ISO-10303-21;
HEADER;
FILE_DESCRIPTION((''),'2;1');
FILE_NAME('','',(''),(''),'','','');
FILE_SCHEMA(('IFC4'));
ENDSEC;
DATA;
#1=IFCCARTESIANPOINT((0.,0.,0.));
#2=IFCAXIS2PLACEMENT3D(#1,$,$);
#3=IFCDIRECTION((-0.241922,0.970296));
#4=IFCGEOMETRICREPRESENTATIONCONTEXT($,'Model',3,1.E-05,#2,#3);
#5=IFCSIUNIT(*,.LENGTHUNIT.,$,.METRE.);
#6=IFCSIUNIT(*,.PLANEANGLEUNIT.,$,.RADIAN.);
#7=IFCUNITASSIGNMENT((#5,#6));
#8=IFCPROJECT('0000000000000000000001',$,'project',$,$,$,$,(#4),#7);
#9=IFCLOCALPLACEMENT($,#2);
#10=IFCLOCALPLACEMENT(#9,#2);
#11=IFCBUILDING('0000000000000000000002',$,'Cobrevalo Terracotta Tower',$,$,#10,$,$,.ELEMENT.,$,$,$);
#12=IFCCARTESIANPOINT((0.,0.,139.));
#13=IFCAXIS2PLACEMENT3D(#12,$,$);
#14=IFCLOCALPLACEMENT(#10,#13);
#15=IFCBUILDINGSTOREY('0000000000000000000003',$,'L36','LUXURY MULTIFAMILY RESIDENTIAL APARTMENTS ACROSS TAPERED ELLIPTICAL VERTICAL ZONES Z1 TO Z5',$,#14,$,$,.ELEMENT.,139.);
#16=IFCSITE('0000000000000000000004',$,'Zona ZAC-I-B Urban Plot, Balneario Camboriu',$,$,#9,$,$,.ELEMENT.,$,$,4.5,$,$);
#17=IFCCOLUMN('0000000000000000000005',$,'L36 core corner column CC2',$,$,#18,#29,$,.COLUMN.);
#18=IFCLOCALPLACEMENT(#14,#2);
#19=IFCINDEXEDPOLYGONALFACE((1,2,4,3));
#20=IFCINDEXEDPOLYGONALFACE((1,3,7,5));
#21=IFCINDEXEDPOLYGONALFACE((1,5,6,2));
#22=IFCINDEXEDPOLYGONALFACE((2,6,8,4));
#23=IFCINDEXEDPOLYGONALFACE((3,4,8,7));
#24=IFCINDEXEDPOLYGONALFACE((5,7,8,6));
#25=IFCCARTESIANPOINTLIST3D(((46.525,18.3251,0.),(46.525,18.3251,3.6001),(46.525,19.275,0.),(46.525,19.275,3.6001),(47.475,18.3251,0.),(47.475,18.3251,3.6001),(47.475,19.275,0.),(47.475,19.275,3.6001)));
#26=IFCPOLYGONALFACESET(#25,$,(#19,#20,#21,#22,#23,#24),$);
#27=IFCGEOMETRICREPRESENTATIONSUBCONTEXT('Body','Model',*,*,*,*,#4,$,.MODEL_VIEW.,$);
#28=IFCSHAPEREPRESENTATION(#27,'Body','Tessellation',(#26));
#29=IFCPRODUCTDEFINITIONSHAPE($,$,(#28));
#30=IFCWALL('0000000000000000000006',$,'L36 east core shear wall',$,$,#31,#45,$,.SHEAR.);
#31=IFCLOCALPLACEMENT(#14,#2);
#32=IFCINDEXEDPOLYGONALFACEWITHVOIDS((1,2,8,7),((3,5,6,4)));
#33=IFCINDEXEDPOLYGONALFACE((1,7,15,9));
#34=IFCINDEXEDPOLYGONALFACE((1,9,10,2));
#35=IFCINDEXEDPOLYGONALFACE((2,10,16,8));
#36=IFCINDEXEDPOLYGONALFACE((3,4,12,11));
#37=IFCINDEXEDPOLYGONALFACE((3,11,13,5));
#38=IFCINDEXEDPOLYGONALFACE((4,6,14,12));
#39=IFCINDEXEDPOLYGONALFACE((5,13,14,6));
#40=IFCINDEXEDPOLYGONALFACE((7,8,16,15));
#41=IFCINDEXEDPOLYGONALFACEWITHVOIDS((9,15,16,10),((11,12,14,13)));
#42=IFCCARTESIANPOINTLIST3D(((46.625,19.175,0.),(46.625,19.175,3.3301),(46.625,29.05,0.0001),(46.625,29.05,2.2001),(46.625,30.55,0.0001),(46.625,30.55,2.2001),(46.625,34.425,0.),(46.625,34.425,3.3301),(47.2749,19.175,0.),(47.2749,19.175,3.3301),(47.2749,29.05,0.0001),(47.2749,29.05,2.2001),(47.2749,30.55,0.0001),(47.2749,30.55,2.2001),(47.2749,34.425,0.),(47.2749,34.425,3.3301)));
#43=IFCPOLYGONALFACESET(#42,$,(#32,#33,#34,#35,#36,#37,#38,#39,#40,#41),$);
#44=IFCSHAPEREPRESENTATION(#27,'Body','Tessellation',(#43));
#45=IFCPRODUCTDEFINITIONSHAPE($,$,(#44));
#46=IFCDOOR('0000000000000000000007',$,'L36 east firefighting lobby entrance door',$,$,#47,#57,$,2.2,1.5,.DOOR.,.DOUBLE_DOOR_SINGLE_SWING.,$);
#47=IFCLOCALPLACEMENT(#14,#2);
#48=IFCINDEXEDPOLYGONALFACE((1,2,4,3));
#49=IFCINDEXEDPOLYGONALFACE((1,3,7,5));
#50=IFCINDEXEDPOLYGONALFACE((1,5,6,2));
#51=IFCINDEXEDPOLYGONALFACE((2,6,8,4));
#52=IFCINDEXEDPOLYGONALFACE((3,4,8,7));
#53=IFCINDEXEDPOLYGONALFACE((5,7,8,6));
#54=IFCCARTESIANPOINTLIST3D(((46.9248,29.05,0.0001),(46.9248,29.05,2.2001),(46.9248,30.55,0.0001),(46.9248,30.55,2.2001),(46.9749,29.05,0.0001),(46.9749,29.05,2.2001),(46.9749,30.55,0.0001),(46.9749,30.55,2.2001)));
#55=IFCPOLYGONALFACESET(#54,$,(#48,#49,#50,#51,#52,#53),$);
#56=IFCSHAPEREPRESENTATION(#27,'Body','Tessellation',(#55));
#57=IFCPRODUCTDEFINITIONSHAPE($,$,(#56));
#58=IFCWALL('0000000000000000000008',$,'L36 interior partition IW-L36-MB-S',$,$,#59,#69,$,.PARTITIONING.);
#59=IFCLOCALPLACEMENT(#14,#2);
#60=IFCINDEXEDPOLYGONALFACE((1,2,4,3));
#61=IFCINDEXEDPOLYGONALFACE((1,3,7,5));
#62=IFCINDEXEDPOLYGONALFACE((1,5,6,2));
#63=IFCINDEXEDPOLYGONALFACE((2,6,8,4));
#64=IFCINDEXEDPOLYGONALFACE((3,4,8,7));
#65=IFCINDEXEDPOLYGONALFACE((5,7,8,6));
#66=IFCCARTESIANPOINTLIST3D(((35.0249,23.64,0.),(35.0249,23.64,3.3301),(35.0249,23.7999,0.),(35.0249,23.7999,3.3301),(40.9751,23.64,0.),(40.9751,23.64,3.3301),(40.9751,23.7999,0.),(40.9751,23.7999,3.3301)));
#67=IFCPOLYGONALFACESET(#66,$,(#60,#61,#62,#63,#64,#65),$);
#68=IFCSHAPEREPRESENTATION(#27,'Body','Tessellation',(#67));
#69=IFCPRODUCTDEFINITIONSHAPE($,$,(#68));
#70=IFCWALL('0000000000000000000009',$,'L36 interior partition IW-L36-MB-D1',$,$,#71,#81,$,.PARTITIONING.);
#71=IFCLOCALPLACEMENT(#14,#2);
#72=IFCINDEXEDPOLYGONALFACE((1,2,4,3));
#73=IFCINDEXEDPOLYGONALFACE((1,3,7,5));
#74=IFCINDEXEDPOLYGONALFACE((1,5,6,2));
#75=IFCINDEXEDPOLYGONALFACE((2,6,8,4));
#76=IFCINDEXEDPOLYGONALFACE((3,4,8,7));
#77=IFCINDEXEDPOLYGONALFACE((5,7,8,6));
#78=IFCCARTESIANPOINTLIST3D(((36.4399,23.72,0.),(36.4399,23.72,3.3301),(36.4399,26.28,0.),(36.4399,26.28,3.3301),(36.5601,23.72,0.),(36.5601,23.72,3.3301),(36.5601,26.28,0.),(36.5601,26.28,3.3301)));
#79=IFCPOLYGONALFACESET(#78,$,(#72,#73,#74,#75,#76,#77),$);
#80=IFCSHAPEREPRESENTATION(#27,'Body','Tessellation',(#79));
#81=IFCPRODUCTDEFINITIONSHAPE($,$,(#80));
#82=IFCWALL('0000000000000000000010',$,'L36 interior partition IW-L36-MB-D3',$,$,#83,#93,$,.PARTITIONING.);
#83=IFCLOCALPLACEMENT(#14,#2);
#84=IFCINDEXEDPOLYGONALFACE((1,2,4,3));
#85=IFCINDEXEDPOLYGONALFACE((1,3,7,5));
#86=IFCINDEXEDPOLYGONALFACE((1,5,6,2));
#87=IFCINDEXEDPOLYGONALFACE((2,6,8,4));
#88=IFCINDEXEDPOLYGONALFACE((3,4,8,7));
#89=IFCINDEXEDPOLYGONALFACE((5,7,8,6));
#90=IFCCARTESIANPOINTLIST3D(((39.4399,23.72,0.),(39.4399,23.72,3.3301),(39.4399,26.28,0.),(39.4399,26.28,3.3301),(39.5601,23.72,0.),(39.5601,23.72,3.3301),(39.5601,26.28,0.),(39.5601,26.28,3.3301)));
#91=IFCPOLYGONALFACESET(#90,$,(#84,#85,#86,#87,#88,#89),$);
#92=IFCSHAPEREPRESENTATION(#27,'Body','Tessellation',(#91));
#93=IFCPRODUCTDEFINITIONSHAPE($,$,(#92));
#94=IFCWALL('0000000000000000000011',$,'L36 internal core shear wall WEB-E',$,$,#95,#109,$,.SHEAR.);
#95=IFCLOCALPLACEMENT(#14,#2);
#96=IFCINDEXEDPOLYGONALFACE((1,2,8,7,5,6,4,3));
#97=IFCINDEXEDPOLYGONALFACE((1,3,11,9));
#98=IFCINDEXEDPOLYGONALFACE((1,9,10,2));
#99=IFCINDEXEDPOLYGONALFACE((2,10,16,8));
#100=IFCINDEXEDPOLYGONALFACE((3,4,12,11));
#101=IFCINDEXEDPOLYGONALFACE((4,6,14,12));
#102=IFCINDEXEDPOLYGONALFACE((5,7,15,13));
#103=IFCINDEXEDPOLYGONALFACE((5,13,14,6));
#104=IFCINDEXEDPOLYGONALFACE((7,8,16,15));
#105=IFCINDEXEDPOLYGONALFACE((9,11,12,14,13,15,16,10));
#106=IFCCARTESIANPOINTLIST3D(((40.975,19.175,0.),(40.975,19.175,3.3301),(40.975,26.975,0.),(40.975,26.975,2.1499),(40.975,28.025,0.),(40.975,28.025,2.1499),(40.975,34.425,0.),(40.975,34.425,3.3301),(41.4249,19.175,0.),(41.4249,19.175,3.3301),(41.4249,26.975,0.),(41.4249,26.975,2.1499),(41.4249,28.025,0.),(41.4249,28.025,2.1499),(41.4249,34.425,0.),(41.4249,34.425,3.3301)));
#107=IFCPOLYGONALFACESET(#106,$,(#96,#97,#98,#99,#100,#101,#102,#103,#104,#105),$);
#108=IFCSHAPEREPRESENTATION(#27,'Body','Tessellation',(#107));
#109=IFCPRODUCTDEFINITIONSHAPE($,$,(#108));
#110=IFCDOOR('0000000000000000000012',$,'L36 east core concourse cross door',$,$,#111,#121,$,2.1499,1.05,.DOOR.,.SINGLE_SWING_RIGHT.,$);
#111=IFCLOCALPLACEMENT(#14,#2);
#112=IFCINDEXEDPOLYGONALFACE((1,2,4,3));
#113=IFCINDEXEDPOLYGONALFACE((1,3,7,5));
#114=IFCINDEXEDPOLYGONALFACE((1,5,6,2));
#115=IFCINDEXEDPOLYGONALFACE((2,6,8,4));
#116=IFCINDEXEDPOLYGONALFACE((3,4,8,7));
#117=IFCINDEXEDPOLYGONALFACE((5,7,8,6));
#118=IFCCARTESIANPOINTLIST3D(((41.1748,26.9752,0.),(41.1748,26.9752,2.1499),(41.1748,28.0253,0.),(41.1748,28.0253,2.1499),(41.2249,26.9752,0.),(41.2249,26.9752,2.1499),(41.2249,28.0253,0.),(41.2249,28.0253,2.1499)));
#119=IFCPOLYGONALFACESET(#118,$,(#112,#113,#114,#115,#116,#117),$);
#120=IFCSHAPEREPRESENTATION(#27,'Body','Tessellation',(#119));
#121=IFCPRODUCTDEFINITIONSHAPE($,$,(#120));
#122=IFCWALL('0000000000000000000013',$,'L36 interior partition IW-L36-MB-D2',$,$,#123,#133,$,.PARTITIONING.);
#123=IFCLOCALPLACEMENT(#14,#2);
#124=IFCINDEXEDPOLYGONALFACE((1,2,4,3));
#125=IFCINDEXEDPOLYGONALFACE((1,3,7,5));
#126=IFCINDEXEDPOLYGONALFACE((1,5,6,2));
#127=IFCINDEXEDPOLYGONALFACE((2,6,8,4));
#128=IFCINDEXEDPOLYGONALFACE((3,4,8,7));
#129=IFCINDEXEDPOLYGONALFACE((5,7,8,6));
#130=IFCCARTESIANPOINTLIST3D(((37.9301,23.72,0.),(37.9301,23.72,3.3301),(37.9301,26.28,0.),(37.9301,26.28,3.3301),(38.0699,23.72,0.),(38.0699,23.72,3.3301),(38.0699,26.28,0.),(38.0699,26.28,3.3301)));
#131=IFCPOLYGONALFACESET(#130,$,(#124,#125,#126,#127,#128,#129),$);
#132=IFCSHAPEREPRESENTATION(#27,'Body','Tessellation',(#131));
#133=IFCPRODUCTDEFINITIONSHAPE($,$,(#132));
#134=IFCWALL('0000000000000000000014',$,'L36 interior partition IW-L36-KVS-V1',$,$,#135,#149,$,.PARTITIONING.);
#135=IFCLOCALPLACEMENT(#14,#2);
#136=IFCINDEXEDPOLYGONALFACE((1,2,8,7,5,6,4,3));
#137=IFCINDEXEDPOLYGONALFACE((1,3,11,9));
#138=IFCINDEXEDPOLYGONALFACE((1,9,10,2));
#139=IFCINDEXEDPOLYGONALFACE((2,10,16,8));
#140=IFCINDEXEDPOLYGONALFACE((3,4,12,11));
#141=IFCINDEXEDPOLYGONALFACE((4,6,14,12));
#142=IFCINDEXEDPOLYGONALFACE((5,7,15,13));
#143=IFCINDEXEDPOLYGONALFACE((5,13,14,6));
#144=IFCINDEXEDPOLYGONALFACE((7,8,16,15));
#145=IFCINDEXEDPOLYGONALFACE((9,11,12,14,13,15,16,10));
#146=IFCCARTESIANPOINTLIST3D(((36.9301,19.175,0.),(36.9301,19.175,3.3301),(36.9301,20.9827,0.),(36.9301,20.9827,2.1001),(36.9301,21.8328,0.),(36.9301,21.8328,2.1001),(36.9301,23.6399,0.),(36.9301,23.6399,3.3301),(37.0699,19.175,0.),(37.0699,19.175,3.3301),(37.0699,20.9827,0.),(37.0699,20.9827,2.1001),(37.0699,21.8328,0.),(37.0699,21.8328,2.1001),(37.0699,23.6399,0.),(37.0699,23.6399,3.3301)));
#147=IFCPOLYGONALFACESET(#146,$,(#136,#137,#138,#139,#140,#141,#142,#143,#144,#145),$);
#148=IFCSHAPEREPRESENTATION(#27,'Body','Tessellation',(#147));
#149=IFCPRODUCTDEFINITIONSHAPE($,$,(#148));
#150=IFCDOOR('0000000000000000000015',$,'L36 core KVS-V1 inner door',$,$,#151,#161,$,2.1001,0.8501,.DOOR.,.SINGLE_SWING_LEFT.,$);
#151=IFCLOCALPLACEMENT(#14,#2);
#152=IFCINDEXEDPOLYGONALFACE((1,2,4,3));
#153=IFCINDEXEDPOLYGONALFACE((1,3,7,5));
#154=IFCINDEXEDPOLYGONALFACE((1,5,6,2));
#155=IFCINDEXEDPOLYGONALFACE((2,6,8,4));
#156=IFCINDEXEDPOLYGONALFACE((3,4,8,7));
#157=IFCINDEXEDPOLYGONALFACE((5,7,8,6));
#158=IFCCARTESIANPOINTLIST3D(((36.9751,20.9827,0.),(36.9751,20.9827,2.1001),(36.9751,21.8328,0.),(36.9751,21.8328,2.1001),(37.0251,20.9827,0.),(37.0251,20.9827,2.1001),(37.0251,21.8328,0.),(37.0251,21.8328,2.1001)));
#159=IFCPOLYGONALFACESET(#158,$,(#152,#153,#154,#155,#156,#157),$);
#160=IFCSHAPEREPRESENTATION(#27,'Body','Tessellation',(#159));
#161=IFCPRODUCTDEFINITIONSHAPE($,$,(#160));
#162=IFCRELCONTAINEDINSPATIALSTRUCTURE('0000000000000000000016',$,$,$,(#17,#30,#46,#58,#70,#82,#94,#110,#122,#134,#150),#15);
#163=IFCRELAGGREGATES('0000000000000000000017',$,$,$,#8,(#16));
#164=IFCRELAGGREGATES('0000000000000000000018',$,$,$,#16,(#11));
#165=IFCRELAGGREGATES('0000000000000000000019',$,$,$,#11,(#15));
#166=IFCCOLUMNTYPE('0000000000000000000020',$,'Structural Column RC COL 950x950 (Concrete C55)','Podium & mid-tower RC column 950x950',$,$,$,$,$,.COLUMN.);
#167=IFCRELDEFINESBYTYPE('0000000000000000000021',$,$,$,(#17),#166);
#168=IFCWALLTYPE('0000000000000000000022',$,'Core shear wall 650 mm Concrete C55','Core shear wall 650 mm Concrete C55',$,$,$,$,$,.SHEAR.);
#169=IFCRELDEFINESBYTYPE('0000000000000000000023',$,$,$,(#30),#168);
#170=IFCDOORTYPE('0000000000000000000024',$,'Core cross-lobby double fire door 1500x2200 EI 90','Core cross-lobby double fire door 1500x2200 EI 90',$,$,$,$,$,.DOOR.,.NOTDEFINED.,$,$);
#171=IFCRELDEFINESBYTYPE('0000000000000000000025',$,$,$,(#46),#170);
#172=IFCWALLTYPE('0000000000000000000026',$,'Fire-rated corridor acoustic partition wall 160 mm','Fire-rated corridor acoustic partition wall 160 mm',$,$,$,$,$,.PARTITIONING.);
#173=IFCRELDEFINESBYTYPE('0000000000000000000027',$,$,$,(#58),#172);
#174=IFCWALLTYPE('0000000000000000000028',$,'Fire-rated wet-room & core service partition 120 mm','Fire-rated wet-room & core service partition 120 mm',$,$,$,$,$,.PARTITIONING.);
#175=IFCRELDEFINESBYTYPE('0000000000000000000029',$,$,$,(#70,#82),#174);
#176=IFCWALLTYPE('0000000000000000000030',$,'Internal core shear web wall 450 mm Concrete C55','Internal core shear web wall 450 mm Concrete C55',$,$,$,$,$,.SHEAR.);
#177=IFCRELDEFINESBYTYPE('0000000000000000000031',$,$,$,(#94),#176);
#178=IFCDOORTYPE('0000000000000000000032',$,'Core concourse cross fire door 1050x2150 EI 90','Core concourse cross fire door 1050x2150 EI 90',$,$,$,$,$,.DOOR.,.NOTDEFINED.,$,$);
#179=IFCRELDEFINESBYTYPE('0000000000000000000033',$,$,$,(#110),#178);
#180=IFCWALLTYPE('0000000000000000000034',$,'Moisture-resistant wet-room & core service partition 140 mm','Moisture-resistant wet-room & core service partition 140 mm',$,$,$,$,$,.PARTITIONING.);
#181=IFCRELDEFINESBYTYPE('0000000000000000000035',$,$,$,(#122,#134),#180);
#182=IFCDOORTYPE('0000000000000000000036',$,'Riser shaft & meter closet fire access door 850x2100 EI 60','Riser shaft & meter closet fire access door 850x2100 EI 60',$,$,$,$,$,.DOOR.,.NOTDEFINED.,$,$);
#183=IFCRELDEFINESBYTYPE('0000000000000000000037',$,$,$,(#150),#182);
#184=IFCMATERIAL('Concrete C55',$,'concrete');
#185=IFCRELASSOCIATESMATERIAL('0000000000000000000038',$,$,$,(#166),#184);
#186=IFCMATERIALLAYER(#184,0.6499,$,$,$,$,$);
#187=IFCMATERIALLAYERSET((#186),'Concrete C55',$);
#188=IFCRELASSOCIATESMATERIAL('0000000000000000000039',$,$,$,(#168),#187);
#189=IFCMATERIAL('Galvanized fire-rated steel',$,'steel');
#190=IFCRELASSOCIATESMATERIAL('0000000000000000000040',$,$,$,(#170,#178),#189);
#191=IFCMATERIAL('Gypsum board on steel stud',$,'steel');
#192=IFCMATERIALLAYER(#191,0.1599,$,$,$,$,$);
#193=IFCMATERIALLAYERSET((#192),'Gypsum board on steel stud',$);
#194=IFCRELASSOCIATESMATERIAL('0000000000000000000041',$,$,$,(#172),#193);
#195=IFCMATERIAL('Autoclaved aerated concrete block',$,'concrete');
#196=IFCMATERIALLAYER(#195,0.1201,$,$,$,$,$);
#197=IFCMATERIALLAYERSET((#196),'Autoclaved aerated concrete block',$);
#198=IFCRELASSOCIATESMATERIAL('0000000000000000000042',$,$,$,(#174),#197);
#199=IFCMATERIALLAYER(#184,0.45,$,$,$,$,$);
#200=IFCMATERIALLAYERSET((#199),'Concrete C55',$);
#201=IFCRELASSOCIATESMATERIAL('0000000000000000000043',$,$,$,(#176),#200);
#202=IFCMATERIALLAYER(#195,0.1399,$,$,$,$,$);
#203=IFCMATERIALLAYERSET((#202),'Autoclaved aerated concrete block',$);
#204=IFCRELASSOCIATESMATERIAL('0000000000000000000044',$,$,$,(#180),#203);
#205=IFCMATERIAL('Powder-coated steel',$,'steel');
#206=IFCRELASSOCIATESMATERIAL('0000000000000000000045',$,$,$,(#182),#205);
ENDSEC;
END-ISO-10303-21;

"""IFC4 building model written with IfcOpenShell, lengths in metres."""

from ifc_helpers import new_model, si_unit, direction, frame, frame_2d, origin, origin_2d, place, context, subcontext, project, spatial, rectangle, extrude, source, transform, mapped, material, layer, layer_set, material_profile, profile_set, type_object, element, fill, save


model = new_model("IFC4")

# Units and contexts
model_context = context("Model", 3, precision=1e-05, world=origin(), true_north=direction((-0.241922, 0.970296)))
body_context = subcontext(model_context, "Body", "Model", "MODEL_VIEW")
ifc_project = project(units=[si_unit("LENGTHUNIT", "METRE"), si_unit("PLANEANGLEUNIT", "RADIAN")], contexts=[model_context])

# Site, building, storey
site_placement = place(None, origin())
site = spatial("IfcSite", under=ifc_project, at=site_placement, Name="Zona ZAC-I-B Urban Plot, Balneario Camboriu", CompositionType="ELEMENT", RefElevation=4.5)
building_placement = place(site_placement, origin())
building = spatial("IfcBuilding", under=site, at=building_placement, Name="Cobrevalo Terracotta Tower", CompositionType="ELEMENT")
storey_placement = place(building_placement, frame((0.0, 0.0, 139.0)))
storey = spatial("IfcBuildingStorey", under=building, at=storey_placement, Name="L36", Description="LUXURY MULTIFAMILY RESIDENTIAL APARTMENTS ACROSS TAPERED ELLIPTICAL VERTICAL ZONES Z1 TO Z5", CompositionType="ELEMENT", Elevation=139.0)

# Column
ifc_material_1 = material(Name="Concrete C55", Category="concrete")
ifc_material_profile = material_profile(ifc_material_1, rectangle(XDim=0.95, YDim=0.95, at=origin_2d()), Name="RC COL 950x950")
ifc_profile_set = profile_set([ifc_material_profile], Name="Concrete C55")
column_type = type_object("IfcColumnType", Name="Structural Column RC COL 950x950 (Concrete C55)", Description="Podium & mid-tower RC column 950x950", PredefinedType="COLUMN", material=ifc_profile_set)
column_placement = place(storey_placement, frame((47.0, 18.8, 0.0), z_axis=(0.0, 0.0, 1.0), x_axis=(1.0, 0.0, 0.0)))
element("IfcColumn", 1, at=column_placement, inside=storey, type_object=column_type, Name="L36 core corner column CC2", PredefinedType="COLUMN", context=body_context, shape_type="SweptSolid", body=[
    extrude(rectangle(XDim=0.95, YDim=0.95, at=origin_2d()), origin(), (0.0, 0.0, 1.0), 3.6001),
])

# Wall, opening, door
ifc_layer_1 = layer(ifc_material_1, 0.6499)
ifc_layer_set_1 = layer_set([ifc_layer_1], Name="Concrete C55")
wall_type_1 = type_object("IfcWallType", Name="Core shear wall 650 mm Concrete C55", Description="Core shear wall 650 mm Concrete C55", PredefinedType="SHEAR", material=ifc_layer_set_1)
wall_1_placement = place(storey_placement, frame((46.95, 19.175, 0.0), z_axis=(0.0, 0.0, 1.0), x_axis=(0.0, 1.0, 0.0)))
wall_1 = element("IfcWall", 2, at=wall_1_placement, inside=storey, type_object=wall_type_1, Name="L36 east core shear wall", PredefinedType="SHEAR", context=body_context, shape_type="SweptSolid", body=[
    extrude(rectangle(XDim=15.25, YDim=0.6499, at=frame_2d((7.625, 0.0))), origin(), (0.0, 0.0, 1.0), 3.3301),
])
opening_1_placement = place(wall_1_placement, frame((9.875, 0.0, 0.0)))
opening_1 = element("IfcOpeningElement", 3, at=opening_1_placement, cuts=wall_1, PredefinedType="OPENING", context=body_context, shape_type="SweptSolid", body=[
    extrude(rectangle(XDim=1.5, YDim=2.2, at=frame_2d((0.75, 1.1001))), frame((0.0, 0.335, 0.0), z_axis=(0.0, -1.0, 0.0), x_axis=(1.0, 0.0, 0.0)), (0.0, 0.0, 1.0), 0.6699),
])
ifc_material_2 = material(Name="Galvanized fire-rated steel", Category="steel")
door_type_1 = type_object("IfcDoorType", Name="Core cross-lobby double fire door 1500x2200 EI 90", Description="Core cross-lobby double fire door 1500x2200 EI 90", OperationType="NOTDEFINED", PredefinedType="DOOR", material=ifc_material_2)
shared_shape_1 = source(origin(), body_context, "Body", "SweptSolid", [
    extrude(rectangle(XDim=1.5, YDim=2.2, at=frame_2d((0.75, 1.1001))), frame((0.0, 0.0249, 0.0), z_axis=(0.0, -1.0, 0.0), x_axis=(1.0, 0.0, 0.0)), (0.0, 0.0, 1.0), 0.05),
])
door_1_placement = place(opening_1_placement, frame((1.5, 0.0, 0.0), z_axis=(0.0, 0.0, 1.0), x_axis=(-1.0, 0.0, 0.0)))
door_1 = element("IfcDoor", 4, at=door_1_placement, inside=storey, type_object=door_type_1, Name="L36 east firefighting lobby entrance door", OperationType="DOUBLE_DOOR_SINGLE_SWING", OverallHeight=2.2, OverallWidth=1.5, PredefinedType="DOOR", context=body_context, shape_type="MappedRepresentation", body=[
    mapped(shared_shape_1, transform((0.0, 0.0, 0.0), scale=1.0)),
])
fill(opening_1, door_1)

# Walls
ifc_material_3 = material(Name="Gypsum board on steel stud", Category="steel")
ifc_layer_2 = layer(ifc_material_3, 0.1599)
ifc_layer_set_2 = layer_set([ifc_layer_2], Name="Gypsum board on steel stud")
wall_type_2 = type_object("IfcWallType", Name="Fire-rated corridor acoustic partition wall 160 mm", Description="Fire-rated corridor acoustic partition wall 160 mm", PredefinedType="PARTITIONING", material=ifc_layer_set_2)
wall_2_placement = place(storey_placement, frame((35.0249, 23.72, 0.0), z_axis=(0.0, 0.0, 1.0), x_axis=(1.0, 0.0, 0.0)))
element("IfcWall", 5, at=wall_2_placement, inside=storey, type_object=wall_type_2, Name="L36 interior partition IW-L36-MB-S", PredefinedType="PARTITIONING", context=body_context, shape_type="SweptSolid", body=[
    extrude(rectangle(XDim=5.9502, YDim=0.1599, at=frame_2d((2.9751, 0.0))), origin(), (0.0, 0.0, 1.0), 3.3301),
])
ifc_material_4 = material(Name="Autoclaved aerated concrete block", Category="concrete")
ifc_layer_3 = layer(ifc_material_4, 0.1201)
ifc_layer_set_3 = layer_set([ifc_layer_3], Name="Autoclaved aerated concrete block")
wall_type_3 = type_object("IfcWallType", Name="Fire-rated wet-room & core service partition 120 mm", Description="Fire-rated wet-room & core service partition 120 mm", PredefinedType="PARTITIONING", material=ifc_layer_set_3)
for number, where, z_axis, x_axis, name in (
    (6, (36.5, 23.72, 0.0), (0.0, 0.0, 1.0), (0.0, 1.0, 0.0), "L36 interior partition IW-L36-MB-D1"),
    (7, (39.5, 23.72, 0.0), (0.0, 0.0, 1.0), (0.0, 1.0, 0.0), "L36 interior partition IW-L36-MB-D3"),
):
    element("IfcWall", number, at=place(storey_placement, frame(where, z_axis=z_axis, x_axis=x_axis)), inside=storey, type_object=wall_type_3, Name=name, PredefinedType="PARTITIONING", context=body_context, shape_type="SweptSolid", body=[
        extrude(rectangle(XDim=2.5601, YDim=0.1201, at=frame_2d((1.28, 0.0))), origin(), (0.0, 0.0, 1.0), 3.3301),
    ])

# Wall, opening, door
ifc_layer_4 = layer(ifc_material_1, 0.45)
ifc_layer_set_4 = layer_set([ifc_layer_4], Name="Concrete C55")
wall_type_4 = type_object("IfcWallType", Name="Internal core shear web wall 450 mm Concrete C55", Description="Internal core shear web wall 450 mm Concrete C55", PredefinedType="SHEAR", material=ifc_layer_set_4)
wall_3_placement = place(storey_placement, frame((41.2, 19.175, 0.0), z_axis=(0.0, 0.0, 1.0), x_axis=(0.0, 1.0, 0.0)))
wall_3 = element("IfcWall", 8, at=wall_3_placement, inside=storey, type_object=wall_type_4, Name="L36 internal core shear wall WEB-E", PredefinedType="SHEAR", context=body_context, shape_type="SweptSolid", body=[
    extrude(rectangle(XDim=15.25, YDim=0.45, at=frame_2d((7.625, 0.0))), origin(), (0.0, 0.0, 1.0), 3.3301),
])
opening_2_placement = place(wall_3_placement, frame((7.8, 0.0, 0.0)))
opening_2 = element("IfcOpeningElement", 9, at=opening_2_placement, cuts=wall_3, PredefinedType="OPENING", context=body_context, shape_type="SweptSolid", body=[
    extrude(rectangle(XDim=1.05, YDim=2.1499, at=frame_2d((0.5249, 1.075))), frame((0.0, 0.2349, 0.0), z_axis=(0.0, -1.0, 0.0), x_axis=(1.0, 0.0, 0.0)), (0.0, 0.0, 1.0), 0.47),
])
door_type_2 = type_object("IfcDoorType", Name="Core concourse cross fire door 1050x2150 EI 90", Description="Core concourse cross fire door 1050x2150 EI 90", OperationType="NOTDEFINED", PredefinedType="DOOR", material=ifc_material_2)
shared_shape_2 = source(origin(), body_context, "Body", "SweptSolid", [
    extrude(rectangle(XDim=1.05, YDim=2.1499, at=frame_2d((0.5249, 1.075))), frame((0.0, 0.0249, 0.0), z_axis=(0.0, -1.0, 0.0), x_axis=(1.0, 0.0, 0.0)), (0.0, 0.0, 1.0), 0.05),
])
door_2_placement = place(opening_2_placement, frame((1.05, 0.0, 0.0), z_axis=(0.0, 0.0, 1.0), x_axis=(-1.0, 0.0, 0.0)))
door_2 = element("IfcDoor", 10, at=door_2_placement, inside=storey, type_object=door_type_2, Name="L36 east core concourse cross door", OperationType="SINGLE_SWING_RIGHT", OverallHeight=2.1499, OverallWidth=1.05, PredefinedType="DOOR", context=body_context, shape_type="MappedRepresentation", body=[
    mapped(shared_shape_2, transform((0.0, 0.0, 0.0), scale=1.0)),
])
fill(opening_2, door_2)

# Wall
ifc_layer_5 = layer(ifc_material_4, 0.1399)
ifc_layer_set_5 = layer_set([ifc_layer_5], Name="Autoclaved aerated concrete block")
wall_type_5 = type_object("IfcWallType", Name="Moisture-resistant wet-room & core service partition 140 mm", Description="Moisture-resistant wet-room & core service partition 140 mm", PredefinedType="PARTITIONING", material=ifc_layer_set_5)
wall_4_placement = place(storey_placement, frame((38.0, 23.72, 0.0), z_axis=(0.0, 0.0, 1.0), x_axis=(0.0, 1.0, 0.0)))
element("IfcWall", 11, at=wall_4_placement, inside=storey, type_object=wall_type_5, Name="L36 interior partition IW-L36-MB-D2", PredefinedType="PARTITIONING", context=body_context, shape_type="SweptSolid", body=[
    extrude(rectangle(XDim=2.5601, YDim=0.1399, at=frame_2d((1.28, 0.0))), origin(), (0.0, 0.0, 1.0), 3.3301),
])

# Wall, opening, door
wall_5_placement = place(storey_placement, frame((37.0, 19.175, 0.0), z_axis=(0.0, 0.0, 1.0), x_axis=(0.0, 1.0, 0.0)))
wall_5 = element("IfcWall", 12, at=wall_5_placement, inside=storey, type_object=wall_type_5, Name="L36 interior partition IW-L36-KVS-V1", PredefinedType="PARTITIONING", context=body_context, shape_type="SweptSolid", body=[
    extrude(rectangle(XDim=4.4648, YDim=0.1399, at=frame_2d((2.2324, 0.0))), origin(), (0.0, 0.0, 1.0), 3.3301),
])
opening_3_placement = place(wall_5_placement, frame((1.8076, 0.0, 0.0)))
opening_3 = element("IfcOpeningElement", 13, at=opening_3_placement, cuts=wall_5, PredefinedType="OPENING", context=body_context, shape_type="SweptSolid", body=[
    extrude(rectangle(XDim=0.8501, YDim=2.1001, at=frame_2d((0.425, 1.05))), frame((0.0, 0.0801, 0.0), z_axis=(0.0, -1.0, 0.0), x_axis=(1.0, 0.0, 0.0)), (0.0, 0.0, 1.0), 0.1599),
])
ifc_material_5 = material(Name="Powder-coated steel", Category="steel")
door_type_3 = type_object("IfcDoorType", Name="Riser shaft & meter closet fire access door 850x2100 EI 60", Description="Riser shaft & meter closet fire access door 850x2100 EI 60", OperationType="NOTDEFINED", PredefinedType="DOOR", material=ifc_material_5)
shared_shape_3 = source(origin(), body_context, "Body", "SweptSolid", [
    extrude(rectangle(XDim=0.8501, YDim=2.1001, at=frame_2d((0.425, 1.05))), frame((0.0, 0.0249, 0.0), z_axis=(0.0, -1.0, 0.0), x_axis=(1.0, 0.0, 0.0)), (0.0, 0.0, 1.0), 0.05),
])
door_3_placement = place(opening_3_placement, origin())
door_3 = element("IfcDoor", 14, at=door_3_placement, inside=storey, type_object=door_type_3, Name="L36 core KVS-V1 inner door", OperationType="SINGLE_SWING_LEFT", OverallHeight=2.1001, OverallWidth=0.8501, PredefinedType="DOOR", context=body_context, shape_type="MappedRepresentation", body=[
    mapped(shared_shape_3, transform((0.0, 0.0, 0.0), scale=1.0)),
])
fill(opening_3, door_3)

save(model, "model.ifc")
